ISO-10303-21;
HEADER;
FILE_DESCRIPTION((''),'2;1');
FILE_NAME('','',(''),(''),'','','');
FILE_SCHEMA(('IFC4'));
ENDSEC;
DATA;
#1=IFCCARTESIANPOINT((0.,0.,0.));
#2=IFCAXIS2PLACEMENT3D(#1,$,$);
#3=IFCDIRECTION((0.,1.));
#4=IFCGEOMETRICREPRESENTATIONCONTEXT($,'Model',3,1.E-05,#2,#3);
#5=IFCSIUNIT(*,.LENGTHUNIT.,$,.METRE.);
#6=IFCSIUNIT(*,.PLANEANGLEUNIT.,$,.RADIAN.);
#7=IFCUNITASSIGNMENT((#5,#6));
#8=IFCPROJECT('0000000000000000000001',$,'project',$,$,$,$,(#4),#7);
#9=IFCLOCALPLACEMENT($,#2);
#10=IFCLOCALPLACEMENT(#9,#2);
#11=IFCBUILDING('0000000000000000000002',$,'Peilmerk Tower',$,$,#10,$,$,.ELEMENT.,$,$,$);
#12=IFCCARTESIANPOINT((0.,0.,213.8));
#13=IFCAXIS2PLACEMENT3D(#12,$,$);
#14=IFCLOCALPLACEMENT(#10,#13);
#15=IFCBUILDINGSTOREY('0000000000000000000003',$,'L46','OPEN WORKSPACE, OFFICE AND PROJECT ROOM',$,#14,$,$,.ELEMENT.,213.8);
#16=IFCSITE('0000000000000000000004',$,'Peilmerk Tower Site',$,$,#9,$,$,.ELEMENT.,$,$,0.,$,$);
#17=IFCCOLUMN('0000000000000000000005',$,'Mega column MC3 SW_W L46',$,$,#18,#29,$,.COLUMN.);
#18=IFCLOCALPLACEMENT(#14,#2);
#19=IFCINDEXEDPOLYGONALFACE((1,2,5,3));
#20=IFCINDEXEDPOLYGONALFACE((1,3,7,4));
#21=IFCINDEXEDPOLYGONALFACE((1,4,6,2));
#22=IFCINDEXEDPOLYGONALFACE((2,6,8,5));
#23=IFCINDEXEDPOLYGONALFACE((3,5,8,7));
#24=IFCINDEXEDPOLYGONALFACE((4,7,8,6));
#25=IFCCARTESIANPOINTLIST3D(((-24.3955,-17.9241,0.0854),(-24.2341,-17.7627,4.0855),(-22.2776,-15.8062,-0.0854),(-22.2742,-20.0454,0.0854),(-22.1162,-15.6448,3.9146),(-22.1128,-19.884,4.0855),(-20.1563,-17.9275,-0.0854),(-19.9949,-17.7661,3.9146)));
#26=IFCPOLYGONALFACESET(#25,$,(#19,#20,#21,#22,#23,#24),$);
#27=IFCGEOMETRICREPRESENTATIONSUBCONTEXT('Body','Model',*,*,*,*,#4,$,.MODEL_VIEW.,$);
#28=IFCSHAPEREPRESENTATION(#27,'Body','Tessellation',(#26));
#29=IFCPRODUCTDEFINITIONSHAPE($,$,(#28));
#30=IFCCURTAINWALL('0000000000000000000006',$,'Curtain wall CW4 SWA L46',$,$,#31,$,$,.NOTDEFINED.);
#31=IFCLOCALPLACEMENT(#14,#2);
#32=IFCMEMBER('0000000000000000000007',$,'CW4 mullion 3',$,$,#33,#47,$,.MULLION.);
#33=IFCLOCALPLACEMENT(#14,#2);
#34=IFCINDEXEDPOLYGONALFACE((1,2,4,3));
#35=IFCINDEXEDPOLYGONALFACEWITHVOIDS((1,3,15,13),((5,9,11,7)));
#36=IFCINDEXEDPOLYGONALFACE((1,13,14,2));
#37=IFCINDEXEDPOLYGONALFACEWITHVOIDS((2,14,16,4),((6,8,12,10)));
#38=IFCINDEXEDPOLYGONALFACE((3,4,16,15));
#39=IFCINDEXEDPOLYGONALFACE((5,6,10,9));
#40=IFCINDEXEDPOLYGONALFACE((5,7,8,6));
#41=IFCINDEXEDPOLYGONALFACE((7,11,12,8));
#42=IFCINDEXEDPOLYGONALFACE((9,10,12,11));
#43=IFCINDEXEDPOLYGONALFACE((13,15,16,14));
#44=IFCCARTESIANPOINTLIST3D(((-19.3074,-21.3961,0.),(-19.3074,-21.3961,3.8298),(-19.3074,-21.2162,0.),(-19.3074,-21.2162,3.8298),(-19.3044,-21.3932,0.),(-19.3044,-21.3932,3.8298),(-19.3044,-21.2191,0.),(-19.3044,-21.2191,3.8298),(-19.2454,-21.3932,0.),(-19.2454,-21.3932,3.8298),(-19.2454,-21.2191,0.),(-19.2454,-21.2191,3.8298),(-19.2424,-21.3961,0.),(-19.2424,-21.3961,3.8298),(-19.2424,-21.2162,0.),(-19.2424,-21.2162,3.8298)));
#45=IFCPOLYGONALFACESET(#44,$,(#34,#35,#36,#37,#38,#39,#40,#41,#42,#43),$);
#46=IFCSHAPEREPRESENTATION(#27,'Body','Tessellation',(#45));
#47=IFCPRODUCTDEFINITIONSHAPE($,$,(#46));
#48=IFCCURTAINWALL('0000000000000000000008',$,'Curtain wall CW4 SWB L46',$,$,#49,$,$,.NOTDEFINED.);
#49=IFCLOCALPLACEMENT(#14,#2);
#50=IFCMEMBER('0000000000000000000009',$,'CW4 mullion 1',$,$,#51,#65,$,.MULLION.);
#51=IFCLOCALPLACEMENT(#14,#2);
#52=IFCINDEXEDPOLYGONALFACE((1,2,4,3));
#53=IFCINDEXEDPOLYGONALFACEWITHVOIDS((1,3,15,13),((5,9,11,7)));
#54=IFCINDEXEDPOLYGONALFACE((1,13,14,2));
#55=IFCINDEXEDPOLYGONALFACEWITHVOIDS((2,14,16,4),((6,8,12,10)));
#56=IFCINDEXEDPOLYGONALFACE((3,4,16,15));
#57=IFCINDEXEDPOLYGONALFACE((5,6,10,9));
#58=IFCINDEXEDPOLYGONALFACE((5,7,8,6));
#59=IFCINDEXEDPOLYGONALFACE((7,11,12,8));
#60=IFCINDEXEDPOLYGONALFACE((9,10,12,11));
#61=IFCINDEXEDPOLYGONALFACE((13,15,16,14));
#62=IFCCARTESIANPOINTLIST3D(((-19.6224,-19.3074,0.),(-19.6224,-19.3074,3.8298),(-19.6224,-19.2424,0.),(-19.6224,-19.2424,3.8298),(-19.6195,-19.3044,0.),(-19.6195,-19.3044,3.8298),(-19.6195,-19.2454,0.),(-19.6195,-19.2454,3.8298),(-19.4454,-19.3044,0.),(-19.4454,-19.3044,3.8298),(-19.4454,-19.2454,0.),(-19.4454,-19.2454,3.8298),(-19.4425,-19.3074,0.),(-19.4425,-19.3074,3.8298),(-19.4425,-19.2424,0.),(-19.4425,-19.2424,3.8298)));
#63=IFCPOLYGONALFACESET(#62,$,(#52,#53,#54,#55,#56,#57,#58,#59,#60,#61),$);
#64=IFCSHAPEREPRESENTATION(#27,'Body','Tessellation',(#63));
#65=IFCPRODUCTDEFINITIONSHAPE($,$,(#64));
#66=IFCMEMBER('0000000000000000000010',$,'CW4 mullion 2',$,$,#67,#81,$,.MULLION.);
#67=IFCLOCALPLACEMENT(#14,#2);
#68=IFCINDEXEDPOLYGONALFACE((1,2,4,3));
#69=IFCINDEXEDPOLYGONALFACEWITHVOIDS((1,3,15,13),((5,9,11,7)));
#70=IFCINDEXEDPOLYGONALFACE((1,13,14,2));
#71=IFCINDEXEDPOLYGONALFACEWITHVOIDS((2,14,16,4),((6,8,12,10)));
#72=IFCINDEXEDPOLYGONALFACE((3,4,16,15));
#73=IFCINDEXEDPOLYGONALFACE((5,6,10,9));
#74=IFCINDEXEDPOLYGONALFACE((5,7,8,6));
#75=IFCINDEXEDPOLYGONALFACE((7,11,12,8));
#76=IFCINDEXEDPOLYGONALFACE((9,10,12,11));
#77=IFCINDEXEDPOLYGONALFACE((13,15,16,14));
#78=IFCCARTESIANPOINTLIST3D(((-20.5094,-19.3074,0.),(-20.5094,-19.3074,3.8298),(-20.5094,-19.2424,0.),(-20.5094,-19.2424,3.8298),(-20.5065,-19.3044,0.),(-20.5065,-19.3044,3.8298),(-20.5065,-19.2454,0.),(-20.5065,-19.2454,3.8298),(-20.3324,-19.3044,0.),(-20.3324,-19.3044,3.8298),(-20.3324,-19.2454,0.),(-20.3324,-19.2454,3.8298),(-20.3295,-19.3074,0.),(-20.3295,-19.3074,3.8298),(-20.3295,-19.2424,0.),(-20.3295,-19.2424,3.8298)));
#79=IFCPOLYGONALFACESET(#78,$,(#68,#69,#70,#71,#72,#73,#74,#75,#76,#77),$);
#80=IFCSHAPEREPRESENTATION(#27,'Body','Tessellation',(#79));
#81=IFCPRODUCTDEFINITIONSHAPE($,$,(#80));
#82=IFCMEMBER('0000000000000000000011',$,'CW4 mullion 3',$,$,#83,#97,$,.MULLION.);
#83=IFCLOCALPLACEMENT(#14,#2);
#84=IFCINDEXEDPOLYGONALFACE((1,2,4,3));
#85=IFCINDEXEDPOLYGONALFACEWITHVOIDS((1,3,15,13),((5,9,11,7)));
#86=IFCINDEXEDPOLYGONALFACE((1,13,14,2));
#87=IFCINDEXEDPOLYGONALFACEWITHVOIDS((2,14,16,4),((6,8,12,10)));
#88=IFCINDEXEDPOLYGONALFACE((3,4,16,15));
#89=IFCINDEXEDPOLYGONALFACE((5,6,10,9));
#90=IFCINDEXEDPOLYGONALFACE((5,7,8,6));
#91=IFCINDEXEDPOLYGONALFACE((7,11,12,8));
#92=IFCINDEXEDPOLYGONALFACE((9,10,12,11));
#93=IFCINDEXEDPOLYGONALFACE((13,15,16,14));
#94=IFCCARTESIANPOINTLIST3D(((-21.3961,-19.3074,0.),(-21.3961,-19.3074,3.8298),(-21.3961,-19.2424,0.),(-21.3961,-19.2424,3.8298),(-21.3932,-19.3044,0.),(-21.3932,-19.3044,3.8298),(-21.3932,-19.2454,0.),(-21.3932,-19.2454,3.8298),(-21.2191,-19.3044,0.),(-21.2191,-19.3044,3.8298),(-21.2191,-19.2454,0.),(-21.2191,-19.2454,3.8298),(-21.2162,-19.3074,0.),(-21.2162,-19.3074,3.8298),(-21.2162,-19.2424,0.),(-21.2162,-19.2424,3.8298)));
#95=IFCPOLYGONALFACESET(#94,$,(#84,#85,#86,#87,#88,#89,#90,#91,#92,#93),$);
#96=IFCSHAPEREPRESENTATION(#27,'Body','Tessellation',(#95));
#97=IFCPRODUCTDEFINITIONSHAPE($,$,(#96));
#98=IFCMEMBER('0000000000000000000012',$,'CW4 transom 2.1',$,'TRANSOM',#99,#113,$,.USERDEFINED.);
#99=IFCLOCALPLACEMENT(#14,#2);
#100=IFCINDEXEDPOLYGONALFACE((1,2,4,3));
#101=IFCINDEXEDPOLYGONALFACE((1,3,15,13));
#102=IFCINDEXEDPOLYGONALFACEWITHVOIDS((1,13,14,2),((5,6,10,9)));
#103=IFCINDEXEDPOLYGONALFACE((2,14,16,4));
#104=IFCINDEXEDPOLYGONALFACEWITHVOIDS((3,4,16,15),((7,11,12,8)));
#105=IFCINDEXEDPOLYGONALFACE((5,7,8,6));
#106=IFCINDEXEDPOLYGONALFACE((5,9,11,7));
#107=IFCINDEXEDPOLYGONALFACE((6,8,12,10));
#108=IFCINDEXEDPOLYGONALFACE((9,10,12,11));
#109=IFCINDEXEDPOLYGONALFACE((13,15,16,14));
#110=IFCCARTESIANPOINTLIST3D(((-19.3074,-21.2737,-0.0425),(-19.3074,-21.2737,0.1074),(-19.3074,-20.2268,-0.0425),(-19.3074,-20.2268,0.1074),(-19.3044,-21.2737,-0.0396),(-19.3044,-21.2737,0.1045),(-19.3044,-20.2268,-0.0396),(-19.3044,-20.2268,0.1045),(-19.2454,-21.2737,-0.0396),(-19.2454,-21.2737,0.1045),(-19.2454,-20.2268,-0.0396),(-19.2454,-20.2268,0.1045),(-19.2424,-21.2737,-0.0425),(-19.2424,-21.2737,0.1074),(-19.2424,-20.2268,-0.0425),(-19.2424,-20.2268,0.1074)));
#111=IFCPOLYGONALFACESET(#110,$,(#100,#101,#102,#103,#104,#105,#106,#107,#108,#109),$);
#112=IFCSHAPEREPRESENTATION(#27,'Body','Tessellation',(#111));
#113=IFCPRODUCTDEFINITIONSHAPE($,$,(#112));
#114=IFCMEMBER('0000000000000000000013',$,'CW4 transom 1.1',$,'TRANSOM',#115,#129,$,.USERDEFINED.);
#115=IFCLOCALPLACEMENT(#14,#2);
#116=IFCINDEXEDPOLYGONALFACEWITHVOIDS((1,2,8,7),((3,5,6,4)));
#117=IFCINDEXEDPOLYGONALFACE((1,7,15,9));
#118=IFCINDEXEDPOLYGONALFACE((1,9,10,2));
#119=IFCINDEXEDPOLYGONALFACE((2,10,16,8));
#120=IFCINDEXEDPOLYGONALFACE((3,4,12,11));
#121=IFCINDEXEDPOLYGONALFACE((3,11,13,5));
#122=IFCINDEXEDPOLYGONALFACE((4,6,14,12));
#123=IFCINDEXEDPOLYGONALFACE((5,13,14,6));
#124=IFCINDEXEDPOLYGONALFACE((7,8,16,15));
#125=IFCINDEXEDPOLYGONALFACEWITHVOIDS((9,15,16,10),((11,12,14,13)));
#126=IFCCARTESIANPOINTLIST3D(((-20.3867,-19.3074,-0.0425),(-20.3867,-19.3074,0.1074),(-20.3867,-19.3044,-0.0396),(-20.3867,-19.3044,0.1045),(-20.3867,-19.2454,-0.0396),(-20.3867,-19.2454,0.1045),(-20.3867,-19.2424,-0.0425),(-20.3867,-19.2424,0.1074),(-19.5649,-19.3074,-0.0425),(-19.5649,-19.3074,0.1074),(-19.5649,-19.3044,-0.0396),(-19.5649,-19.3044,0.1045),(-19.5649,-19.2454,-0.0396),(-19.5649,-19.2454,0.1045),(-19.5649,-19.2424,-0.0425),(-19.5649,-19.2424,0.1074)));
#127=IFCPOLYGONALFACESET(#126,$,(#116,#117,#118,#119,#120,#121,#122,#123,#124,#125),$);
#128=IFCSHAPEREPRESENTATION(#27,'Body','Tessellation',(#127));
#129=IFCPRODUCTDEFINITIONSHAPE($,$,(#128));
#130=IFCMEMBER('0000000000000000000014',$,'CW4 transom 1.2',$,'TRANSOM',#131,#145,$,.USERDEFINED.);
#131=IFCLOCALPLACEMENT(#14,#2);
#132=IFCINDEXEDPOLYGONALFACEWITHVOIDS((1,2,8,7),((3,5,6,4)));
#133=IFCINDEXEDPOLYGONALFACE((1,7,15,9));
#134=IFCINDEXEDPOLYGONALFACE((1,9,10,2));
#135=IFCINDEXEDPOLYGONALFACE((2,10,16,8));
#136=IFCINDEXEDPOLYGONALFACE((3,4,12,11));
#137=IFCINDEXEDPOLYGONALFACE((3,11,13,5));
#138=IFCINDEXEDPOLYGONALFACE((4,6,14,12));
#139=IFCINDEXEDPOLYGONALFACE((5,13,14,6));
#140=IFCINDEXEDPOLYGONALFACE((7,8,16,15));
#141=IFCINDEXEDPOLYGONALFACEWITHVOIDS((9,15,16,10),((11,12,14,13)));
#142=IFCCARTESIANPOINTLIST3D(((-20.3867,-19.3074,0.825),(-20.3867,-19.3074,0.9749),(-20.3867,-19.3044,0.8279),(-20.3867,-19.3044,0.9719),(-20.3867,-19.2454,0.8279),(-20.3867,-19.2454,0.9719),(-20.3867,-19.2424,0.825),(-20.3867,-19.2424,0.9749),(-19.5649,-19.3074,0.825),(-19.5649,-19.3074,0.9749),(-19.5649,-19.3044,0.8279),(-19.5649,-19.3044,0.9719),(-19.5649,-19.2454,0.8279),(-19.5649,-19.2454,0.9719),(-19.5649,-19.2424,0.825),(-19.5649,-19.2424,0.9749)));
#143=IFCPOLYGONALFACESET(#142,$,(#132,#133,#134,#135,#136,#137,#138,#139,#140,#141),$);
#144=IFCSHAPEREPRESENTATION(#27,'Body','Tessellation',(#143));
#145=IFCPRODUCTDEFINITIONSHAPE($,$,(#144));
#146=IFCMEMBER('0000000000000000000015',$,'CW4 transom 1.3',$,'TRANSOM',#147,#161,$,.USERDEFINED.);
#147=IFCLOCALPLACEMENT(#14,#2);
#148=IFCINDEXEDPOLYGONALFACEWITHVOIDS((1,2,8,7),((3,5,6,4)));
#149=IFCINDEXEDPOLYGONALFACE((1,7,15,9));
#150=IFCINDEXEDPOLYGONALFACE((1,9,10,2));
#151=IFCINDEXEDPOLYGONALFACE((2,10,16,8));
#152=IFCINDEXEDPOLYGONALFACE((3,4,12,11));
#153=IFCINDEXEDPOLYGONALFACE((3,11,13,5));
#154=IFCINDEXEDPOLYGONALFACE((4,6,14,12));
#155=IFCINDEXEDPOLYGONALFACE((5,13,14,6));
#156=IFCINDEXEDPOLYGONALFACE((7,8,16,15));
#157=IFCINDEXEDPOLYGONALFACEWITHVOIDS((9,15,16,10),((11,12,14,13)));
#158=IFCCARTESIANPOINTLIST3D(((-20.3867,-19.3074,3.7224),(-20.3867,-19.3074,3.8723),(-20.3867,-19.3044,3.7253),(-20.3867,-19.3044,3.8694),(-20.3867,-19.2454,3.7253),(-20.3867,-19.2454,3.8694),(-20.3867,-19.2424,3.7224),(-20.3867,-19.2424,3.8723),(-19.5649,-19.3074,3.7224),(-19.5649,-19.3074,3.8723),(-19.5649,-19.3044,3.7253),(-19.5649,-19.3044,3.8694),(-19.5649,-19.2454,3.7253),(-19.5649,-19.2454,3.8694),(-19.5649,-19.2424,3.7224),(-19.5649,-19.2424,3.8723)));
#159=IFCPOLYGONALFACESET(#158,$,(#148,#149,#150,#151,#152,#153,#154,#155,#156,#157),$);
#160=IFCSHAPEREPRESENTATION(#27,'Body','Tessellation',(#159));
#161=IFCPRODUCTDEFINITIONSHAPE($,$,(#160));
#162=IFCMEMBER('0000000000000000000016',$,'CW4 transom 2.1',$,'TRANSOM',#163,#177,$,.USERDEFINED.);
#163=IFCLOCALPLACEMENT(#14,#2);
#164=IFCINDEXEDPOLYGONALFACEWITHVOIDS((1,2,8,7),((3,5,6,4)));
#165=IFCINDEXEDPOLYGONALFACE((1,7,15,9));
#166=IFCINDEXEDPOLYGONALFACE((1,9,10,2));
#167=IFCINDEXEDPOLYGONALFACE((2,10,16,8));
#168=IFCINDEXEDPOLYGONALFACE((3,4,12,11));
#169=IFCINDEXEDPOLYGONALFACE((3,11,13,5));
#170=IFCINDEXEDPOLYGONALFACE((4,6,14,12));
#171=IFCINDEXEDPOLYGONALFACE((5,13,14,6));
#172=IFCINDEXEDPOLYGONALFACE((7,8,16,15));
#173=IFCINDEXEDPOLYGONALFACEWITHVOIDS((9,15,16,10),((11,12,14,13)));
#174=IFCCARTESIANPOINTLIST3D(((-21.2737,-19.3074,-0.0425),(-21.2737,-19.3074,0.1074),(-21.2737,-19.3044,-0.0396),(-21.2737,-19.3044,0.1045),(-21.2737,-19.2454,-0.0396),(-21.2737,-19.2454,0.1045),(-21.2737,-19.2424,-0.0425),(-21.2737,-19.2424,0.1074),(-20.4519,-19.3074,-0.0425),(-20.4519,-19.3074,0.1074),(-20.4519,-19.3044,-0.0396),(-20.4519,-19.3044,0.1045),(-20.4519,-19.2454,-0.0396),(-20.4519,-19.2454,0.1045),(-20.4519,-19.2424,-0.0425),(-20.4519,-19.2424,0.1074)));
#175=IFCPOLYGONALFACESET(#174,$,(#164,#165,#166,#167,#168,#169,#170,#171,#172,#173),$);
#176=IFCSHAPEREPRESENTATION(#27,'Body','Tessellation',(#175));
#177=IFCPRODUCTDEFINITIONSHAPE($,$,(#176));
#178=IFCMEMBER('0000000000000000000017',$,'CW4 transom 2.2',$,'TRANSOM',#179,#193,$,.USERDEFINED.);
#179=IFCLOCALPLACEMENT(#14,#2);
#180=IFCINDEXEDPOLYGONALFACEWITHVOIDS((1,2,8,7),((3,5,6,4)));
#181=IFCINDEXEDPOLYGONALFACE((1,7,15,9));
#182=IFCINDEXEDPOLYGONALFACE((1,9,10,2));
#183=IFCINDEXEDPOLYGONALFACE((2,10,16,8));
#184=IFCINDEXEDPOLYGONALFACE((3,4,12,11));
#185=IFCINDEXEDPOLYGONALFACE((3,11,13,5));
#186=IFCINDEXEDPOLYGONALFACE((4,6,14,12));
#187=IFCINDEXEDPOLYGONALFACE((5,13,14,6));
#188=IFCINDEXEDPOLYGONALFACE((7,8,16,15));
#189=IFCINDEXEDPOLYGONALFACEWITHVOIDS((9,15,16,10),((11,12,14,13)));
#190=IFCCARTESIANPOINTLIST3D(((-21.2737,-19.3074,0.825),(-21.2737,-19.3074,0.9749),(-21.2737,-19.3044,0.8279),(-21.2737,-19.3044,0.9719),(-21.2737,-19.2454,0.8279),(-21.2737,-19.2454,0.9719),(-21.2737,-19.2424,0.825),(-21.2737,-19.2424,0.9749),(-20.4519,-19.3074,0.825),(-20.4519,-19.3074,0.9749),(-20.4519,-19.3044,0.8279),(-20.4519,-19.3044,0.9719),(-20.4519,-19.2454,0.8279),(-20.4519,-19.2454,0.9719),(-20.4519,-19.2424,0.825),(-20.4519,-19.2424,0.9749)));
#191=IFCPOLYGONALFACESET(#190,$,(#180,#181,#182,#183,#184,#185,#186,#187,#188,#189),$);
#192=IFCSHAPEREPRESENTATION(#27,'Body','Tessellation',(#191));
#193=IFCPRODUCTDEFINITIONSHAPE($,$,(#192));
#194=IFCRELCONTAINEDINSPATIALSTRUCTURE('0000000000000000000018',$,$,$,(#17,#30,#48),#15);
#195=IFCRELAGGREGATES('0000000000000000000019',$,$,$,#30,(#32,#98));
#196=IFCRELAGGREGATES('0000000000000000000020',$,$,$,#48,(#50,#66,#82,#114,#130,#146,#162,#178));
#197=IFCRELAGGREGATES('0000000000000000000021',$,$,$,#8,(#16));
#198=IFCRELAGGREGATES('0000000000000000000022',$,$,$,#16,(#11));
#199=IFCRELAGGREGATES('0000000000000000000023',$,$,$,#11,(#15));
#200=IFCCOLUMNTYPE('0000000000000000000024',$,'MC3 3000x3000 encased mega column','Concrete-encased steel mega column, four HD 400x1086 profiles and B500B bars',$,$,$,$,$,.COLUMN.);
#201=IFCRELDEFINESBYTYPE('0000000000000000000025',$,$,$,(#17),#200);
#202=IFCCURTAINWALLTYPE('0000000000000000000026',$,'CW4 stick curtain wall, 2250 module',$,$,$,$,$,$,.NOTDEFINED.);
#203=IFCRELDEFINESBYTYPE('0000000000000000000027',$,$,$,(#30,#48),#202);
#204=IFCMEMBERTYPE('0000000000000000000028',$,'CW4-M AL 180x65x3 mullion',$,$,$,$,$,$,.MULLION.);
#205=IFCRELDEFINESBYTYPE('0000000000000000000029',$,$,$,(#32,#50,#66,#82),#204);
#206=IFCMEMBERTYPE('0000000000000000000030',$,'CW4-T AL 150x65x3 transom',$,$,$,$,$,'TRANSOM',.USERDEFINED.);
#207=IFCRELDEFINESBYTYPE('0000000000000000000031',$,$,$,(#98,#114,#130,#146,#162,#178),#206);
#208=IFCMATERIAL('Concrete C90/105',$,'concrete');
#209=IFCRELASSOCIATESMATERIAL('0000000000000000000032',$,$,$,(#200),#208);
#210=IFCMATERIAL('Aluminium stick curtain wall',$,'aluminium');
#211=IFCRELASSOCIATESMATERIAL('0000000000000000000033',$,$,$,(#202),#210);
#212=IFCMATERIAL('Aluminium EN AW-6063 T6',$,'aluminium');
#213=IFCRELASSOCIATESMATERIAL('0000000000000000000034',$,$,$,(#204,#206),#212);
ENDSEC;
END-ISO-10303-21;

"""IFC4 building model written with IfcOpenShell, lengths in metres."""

from ifc_helpers import new_model, si_unit, direction, frame, origin, origin_2d, place, context, subcontext, project, spatial, rectangle, hollow_rectangle, extrude, material, material_profile, profile_set, type_object, element, aggregate, save


model = new_model("IFC4")

# Units and contexts
model_context = context("Model", 3, precision=1e-05, world=origin(), true_north=direction((0.0, 1.0)))
body_context = subcontext(model_context, "Body", "Model", "MODEL_VIEW")
ifc_project = project(units=[si_unit("LENGTHUNIT", "METRE"), si_unit("PLANEANGLEUNIT", "RADIAN")], contexts=[model_context])

# Site, building, storey
site_placement = place(None, origin())
site = spatial("IfcSite", under=ifc_project, at=site_placement, Name="Peilmerk Tower Site", CompositionType="ELEMENT", RefElevation=0.0)
building_placement = place(site_placement, origin())
building = spatial("IfcBuilding", under=site, at=building_placement, Name="Peilmerk Tower", CompositionType="ELEMENT")
storey_placement = place(building_placement, frame((0.0, 0.0, 213.8)))
storey = spatial("IfcBuildingStorey", under=building, at=storey_placement, Name="L46", Description="OPEN WORKSPACE, OFFICE AND PROJECT ROOM", CompositionType="ELEMENT", Elevation=213.8)

# Column
ifc_material_1 = material(Name="Concrete C90/105", Category="concrete")
ifc_material_profile_1 = material_profile(ifc_material_1, rectangle(XDim=3.0, YDim=3.0, at=origin_2d()), Name="RC 3000x3000")
ifc_profile_set_1 = profile_set([ifc_material_profile_1], Name="Concrete C90/105")
column_type = type_object("IfcColumnType", Name="MC3 3000x3000 encased mega column", Description="Concrete-encased steel mega column, four HD 400x1086 profiles and B500B bars", PredefinedType="COLUMN", material=ifc_profile_set_1)
column_placement = place(storey_placement, frame((-22.2759, -17.9258, 0.0), z_axis=(0.040279, 0.040279, 0.998376), x_axis=(-0.707107, 0.707107, 0.0)))
element("IfcColumn", 1, at=column_placement, inside=storey, type_object=column_type, Name="Mega column MC3 SW_W L46", PredefinedType="COLUMN", context=body_context, shape_type="SweptSolid", body=[
    extrude(rectangle(XDim=3.0, YDim=3.0, at=origin_2d()), origin(), (0.0, 0.0, 1.0), 4.0066),
])

# Curtain wall, member
ifc_material_2 = material(Name="Aluminium stick curtain wall", Category="aluminium")
curtain_wall_type = type_object("IfcCurtainWallType", Name="CW4 stick curtain wall, 2250 module", PredefinedType="NOTDEFINED", material=ifc_material_2)
curtain_wall_1_placement = place(storey_placement, origin())
curtain_wall_1 = element("IfcCurtainWall", 2, at=curtain_wall_1_placement, inside=storey, type_object=curtain_wall_type, Name="Curtain wall CW4 SWA L46", PredefinedType="NOTDEFINED")
ifc_material_3 = material(Name="Aluminium EN AW-6063 T6", Category="aluminium")
ifc_material_profile_2 = material_profile(ifc_material_3, hollow_rectangle(XDim=0.0649, YDim=0.1799, WallThickness=0.0029, at=origin_2d()), Name="AL 180x65x3")
ifc_profile_set_2 = profile_set([ifc_material_profile_2], Name="Aluminium EN AW-6063 T6")
member_type_1 = type_object("IfcMemberType", Name="CW4-M AL 180x65x3 mullion", PredefinedType="MULLION", material=ifc_profile_set_2)
member_1_placement = place(storey_placement, frame((-19.2749, -21.3062, 0.0), z_axis=(0.0, 0.0, 1.0), x_axis=(1.0, 0.0, 0.0)))
member_1 = element("IfcMember", 3, at=member_1_placement, type_object=member_type_1, Name="CW4 mullion 3", PredefinedType="MULLION", context=body_context, shape_type="SweptSolid", body=[
    extrude(hollow_rectangle(XDim=0.0649, YDim=0.1799, WallThickness=0.0029, at=origin_2d()), origin(), (0.0, 0.0, 1.0), 3.8298),
])

# Curtain wall, members
curtain_wall_2_placement = place(storey_placement, origin())
curtain_wall_2 = element("IfcCurtainWall", 4, at=curtain_wall_2_placement, inside=storey, type_object=curtain_wall_type, Name="Curtain wall CW4 SWB L46", PredefinedType="NOTDEFINED")
member_2_placement = place(storey_placement, frame((-19.5325, -19.2749, 0.0), z_axis=(0.0, 0.0, 1.0), x_axis=(0.0, -1.0, 0.0)))
member_2 = element("IfcMember", 5, at=member_2_placement, type_object=member_type_1, Name="CW4 mullion 1", PredefinedType="MULLION", context=body_context, shape_type="SweptSolid", body=[
    extrude(hollow_rectangle(XDim=0.0649, YDim=0.1799, WallThickness=0.0029, at=origin_2d()), origin(), (0.0, 0.0, 1.0), 3.8298),
])
member_3_placement = place(storey_placement, frame((-20.4194, -19.2749, 0.0), z_axis=(0.0, 0.0, 1.0), x_axis=(0.0, -1.0, 0.0)))
member_3 = element("IfcMember", 6, at=member_3_placement, type_object=member_type_1, Name="CW4 mullion 2", PredefinedType="MULLION", context=body_context, shape_type="SweptSolid", body=[
    extrude(hollow_rectangle(XDim=0.0649, YDim=0.1799, WallThickness=0.0029, at=origin_2d()), origin(), (0.0, 0.0, 1.0), 3.8298),
])
member_4_placement = place(storey_placement, frame((-21.3062, -19.2749, 0.0), z_axis=(0.0, 0.0, 1.0), x_axis=(0.0, -1.0, 0.0)))
member_4 = element("IfcMember", 7, at=member_4_placement, type_object=member_type_1, Name="CW4 mullion 3", PredefinedType="MULLION", context=body_context, shape_type="SweptSolid", body=[
    extrude(hollow_rectangle(XDim=0.0649, YDim=0.1799, WallThickness=0.0029, at=origin_2d()), origin(), (0.0, 0.0, 1.0), 3.8298),
])

# Members
ifc_material_profile_3 = material_profile(ifc_material_3, hollow_rectangle(XDim=0.0649, YDim=0.1499, WallThickness=0.0029, at=origin_2d()), Name="AL 150x65x3")
ifc_profile_set_3 = profile_set([ifc_material_profile_3], Name="Aluminium EN AW-6063 T6")
member_type_2 = type_object("IfcMemberType", Name="CW4-T AL 150x65x3 transom", ElementType="TRANSOM", PredefinedType="USERDEFINED", material=ifc_profile_set_3)
member_5_placement = place(storey_placement, frame((-19.2749, -20.2268, 0.0325), z_axis=(0.0, -1.0, 0.0), x_axis=(1.0, 0.0, 0.0)))
member_5 = element("IfcMember", 8, at=member_5_placement, type_object=member_type_2, Name="CW4 transom 2.1", ObjectType="TRANSOM", PredefinedType="USERDEFINED", context=body_context, shape_type="SweptSolid", body=[
    extrude(hollow_rectangle(XDim=0.0649, YDim=0.1499, WallThickness=0.0029, at=origin_2d()), origin(), (0.0, 0.0, 1.0), 1.0469),
])
member_6_placement = place(storey_placement, frame((-19.5649, -19.2749, 0.0325), z_axis=(-1.0, 0.0, 0.0), x_axis=(0.0, -1.0, 0.0)))
member_6 = element("IfcMember", 9, at=member_6_placement, type_object=member_type_2, Name="CW4 transom 1.1", ObjectType="TRANSOM", PredefinedType="USERDEFINED", context=body_context, shape_type="SweptSolid", body=[
    extrude(hollow_rectangle(XDim=0.0649, YDim=0.1499, WallThickness=0.0029, at=origin_2d()), origin(), (0.0, 0.0, 1.0), 0.8218),
])
member_7_placement = place(storey_placement, frame((-19.5649, -19.2749, 0.8999), z_axis=(-1.0, 0.0, 0.0), x_axis=(0.0, -1.0, 0.0)))
member_7 = element("IfcMember", 10, at=member_7_placement, type_object=member_type_2, Name="CW4 transom 1.2", ObjectType="TRANSOM", PredefinedType="USERDEFINED", context=body_context, shape_type="SweptSolid", body=[
    extrude(hollow_rectangle(XDim=0.0649, YDim=0.1499, WallThickness=0.0029, at=origin_2d()), origin(), (0.0, 0.0, 1.0), 0.8218),
])
member_8_placement = place(storey_placement, frame((-19.5649, -19.2749, 3.7974), z_axis=(-1.0, 0.0, 0.0), x_axis=(0.0, -1.0, 0.0)))
member_8 = element("IfcMember", 11, at=member_8_placement, type_object=member_type_2, Name="CW4 transom 1.3", ObjectType="TRANSOM", PredefinedType="USERDEFINED", context=body_context, shape_type="SweptSolid", body=[
    extrude(hollow_rectangle(XDim=0.0649, YDim=0.1499, WallThickness=0.0029, at=origin_2d()), origin(), (0.0, 0.0, 1.0), 0.8218),
])
member_9_placement = place(storey_placement, frame((-20.4519, -19.2749, 0.0325), z_axis=(-1.0, 0.0, 0.0), x_axis=(0.0, -1.0, 0.0)))
member_9 = element("IfcMember", 12, at=member_9_placement, type_object=member_type_2, Name="CW4 transom 2.1", ObjectType="TRANSOM", PredefinedType="USERDEFINED", context=body_context, shape_type="SweptSolid", body=[
    extrude(hollow_rectangle(XDim=0.0649, YDim=0.1499, WallThickness=0.0029, at=origin_2d()), origin(), (0.0, 0.0, 1.0), 0.8218),
])
member_10_placement = place(storey_placement, frame((-20.4519, -19.2749, 0.8999), z_axis=(-1.0, 0.0, 0.0), x_axis=(0.0, -1.0, 0.0)))
member_10 = element("IfcMember", 13, at=member_10_placement, type_object=member_type_2, Name="CW4 transom 2.2", ObjectType="TRANSOM", PredefinedType="USERDEFINED", context=body_context, shape_type="SweptSolid", body=[
    extrude(hollow_rectangle(XDim=0.0649, YDim=0.1499, WallThickness=0.0029, at=origin_2d()), origin(), (0.0, 0.0, 1.0), 0.8218),
])

aggregate(curtain_wall_1, [member_1, member_5])
aggregate(curtain_wall_2, [member_2, member_3, member_4, member_6, member_7, member_8, member_9, member_10])

save(model, "model.ifc")
